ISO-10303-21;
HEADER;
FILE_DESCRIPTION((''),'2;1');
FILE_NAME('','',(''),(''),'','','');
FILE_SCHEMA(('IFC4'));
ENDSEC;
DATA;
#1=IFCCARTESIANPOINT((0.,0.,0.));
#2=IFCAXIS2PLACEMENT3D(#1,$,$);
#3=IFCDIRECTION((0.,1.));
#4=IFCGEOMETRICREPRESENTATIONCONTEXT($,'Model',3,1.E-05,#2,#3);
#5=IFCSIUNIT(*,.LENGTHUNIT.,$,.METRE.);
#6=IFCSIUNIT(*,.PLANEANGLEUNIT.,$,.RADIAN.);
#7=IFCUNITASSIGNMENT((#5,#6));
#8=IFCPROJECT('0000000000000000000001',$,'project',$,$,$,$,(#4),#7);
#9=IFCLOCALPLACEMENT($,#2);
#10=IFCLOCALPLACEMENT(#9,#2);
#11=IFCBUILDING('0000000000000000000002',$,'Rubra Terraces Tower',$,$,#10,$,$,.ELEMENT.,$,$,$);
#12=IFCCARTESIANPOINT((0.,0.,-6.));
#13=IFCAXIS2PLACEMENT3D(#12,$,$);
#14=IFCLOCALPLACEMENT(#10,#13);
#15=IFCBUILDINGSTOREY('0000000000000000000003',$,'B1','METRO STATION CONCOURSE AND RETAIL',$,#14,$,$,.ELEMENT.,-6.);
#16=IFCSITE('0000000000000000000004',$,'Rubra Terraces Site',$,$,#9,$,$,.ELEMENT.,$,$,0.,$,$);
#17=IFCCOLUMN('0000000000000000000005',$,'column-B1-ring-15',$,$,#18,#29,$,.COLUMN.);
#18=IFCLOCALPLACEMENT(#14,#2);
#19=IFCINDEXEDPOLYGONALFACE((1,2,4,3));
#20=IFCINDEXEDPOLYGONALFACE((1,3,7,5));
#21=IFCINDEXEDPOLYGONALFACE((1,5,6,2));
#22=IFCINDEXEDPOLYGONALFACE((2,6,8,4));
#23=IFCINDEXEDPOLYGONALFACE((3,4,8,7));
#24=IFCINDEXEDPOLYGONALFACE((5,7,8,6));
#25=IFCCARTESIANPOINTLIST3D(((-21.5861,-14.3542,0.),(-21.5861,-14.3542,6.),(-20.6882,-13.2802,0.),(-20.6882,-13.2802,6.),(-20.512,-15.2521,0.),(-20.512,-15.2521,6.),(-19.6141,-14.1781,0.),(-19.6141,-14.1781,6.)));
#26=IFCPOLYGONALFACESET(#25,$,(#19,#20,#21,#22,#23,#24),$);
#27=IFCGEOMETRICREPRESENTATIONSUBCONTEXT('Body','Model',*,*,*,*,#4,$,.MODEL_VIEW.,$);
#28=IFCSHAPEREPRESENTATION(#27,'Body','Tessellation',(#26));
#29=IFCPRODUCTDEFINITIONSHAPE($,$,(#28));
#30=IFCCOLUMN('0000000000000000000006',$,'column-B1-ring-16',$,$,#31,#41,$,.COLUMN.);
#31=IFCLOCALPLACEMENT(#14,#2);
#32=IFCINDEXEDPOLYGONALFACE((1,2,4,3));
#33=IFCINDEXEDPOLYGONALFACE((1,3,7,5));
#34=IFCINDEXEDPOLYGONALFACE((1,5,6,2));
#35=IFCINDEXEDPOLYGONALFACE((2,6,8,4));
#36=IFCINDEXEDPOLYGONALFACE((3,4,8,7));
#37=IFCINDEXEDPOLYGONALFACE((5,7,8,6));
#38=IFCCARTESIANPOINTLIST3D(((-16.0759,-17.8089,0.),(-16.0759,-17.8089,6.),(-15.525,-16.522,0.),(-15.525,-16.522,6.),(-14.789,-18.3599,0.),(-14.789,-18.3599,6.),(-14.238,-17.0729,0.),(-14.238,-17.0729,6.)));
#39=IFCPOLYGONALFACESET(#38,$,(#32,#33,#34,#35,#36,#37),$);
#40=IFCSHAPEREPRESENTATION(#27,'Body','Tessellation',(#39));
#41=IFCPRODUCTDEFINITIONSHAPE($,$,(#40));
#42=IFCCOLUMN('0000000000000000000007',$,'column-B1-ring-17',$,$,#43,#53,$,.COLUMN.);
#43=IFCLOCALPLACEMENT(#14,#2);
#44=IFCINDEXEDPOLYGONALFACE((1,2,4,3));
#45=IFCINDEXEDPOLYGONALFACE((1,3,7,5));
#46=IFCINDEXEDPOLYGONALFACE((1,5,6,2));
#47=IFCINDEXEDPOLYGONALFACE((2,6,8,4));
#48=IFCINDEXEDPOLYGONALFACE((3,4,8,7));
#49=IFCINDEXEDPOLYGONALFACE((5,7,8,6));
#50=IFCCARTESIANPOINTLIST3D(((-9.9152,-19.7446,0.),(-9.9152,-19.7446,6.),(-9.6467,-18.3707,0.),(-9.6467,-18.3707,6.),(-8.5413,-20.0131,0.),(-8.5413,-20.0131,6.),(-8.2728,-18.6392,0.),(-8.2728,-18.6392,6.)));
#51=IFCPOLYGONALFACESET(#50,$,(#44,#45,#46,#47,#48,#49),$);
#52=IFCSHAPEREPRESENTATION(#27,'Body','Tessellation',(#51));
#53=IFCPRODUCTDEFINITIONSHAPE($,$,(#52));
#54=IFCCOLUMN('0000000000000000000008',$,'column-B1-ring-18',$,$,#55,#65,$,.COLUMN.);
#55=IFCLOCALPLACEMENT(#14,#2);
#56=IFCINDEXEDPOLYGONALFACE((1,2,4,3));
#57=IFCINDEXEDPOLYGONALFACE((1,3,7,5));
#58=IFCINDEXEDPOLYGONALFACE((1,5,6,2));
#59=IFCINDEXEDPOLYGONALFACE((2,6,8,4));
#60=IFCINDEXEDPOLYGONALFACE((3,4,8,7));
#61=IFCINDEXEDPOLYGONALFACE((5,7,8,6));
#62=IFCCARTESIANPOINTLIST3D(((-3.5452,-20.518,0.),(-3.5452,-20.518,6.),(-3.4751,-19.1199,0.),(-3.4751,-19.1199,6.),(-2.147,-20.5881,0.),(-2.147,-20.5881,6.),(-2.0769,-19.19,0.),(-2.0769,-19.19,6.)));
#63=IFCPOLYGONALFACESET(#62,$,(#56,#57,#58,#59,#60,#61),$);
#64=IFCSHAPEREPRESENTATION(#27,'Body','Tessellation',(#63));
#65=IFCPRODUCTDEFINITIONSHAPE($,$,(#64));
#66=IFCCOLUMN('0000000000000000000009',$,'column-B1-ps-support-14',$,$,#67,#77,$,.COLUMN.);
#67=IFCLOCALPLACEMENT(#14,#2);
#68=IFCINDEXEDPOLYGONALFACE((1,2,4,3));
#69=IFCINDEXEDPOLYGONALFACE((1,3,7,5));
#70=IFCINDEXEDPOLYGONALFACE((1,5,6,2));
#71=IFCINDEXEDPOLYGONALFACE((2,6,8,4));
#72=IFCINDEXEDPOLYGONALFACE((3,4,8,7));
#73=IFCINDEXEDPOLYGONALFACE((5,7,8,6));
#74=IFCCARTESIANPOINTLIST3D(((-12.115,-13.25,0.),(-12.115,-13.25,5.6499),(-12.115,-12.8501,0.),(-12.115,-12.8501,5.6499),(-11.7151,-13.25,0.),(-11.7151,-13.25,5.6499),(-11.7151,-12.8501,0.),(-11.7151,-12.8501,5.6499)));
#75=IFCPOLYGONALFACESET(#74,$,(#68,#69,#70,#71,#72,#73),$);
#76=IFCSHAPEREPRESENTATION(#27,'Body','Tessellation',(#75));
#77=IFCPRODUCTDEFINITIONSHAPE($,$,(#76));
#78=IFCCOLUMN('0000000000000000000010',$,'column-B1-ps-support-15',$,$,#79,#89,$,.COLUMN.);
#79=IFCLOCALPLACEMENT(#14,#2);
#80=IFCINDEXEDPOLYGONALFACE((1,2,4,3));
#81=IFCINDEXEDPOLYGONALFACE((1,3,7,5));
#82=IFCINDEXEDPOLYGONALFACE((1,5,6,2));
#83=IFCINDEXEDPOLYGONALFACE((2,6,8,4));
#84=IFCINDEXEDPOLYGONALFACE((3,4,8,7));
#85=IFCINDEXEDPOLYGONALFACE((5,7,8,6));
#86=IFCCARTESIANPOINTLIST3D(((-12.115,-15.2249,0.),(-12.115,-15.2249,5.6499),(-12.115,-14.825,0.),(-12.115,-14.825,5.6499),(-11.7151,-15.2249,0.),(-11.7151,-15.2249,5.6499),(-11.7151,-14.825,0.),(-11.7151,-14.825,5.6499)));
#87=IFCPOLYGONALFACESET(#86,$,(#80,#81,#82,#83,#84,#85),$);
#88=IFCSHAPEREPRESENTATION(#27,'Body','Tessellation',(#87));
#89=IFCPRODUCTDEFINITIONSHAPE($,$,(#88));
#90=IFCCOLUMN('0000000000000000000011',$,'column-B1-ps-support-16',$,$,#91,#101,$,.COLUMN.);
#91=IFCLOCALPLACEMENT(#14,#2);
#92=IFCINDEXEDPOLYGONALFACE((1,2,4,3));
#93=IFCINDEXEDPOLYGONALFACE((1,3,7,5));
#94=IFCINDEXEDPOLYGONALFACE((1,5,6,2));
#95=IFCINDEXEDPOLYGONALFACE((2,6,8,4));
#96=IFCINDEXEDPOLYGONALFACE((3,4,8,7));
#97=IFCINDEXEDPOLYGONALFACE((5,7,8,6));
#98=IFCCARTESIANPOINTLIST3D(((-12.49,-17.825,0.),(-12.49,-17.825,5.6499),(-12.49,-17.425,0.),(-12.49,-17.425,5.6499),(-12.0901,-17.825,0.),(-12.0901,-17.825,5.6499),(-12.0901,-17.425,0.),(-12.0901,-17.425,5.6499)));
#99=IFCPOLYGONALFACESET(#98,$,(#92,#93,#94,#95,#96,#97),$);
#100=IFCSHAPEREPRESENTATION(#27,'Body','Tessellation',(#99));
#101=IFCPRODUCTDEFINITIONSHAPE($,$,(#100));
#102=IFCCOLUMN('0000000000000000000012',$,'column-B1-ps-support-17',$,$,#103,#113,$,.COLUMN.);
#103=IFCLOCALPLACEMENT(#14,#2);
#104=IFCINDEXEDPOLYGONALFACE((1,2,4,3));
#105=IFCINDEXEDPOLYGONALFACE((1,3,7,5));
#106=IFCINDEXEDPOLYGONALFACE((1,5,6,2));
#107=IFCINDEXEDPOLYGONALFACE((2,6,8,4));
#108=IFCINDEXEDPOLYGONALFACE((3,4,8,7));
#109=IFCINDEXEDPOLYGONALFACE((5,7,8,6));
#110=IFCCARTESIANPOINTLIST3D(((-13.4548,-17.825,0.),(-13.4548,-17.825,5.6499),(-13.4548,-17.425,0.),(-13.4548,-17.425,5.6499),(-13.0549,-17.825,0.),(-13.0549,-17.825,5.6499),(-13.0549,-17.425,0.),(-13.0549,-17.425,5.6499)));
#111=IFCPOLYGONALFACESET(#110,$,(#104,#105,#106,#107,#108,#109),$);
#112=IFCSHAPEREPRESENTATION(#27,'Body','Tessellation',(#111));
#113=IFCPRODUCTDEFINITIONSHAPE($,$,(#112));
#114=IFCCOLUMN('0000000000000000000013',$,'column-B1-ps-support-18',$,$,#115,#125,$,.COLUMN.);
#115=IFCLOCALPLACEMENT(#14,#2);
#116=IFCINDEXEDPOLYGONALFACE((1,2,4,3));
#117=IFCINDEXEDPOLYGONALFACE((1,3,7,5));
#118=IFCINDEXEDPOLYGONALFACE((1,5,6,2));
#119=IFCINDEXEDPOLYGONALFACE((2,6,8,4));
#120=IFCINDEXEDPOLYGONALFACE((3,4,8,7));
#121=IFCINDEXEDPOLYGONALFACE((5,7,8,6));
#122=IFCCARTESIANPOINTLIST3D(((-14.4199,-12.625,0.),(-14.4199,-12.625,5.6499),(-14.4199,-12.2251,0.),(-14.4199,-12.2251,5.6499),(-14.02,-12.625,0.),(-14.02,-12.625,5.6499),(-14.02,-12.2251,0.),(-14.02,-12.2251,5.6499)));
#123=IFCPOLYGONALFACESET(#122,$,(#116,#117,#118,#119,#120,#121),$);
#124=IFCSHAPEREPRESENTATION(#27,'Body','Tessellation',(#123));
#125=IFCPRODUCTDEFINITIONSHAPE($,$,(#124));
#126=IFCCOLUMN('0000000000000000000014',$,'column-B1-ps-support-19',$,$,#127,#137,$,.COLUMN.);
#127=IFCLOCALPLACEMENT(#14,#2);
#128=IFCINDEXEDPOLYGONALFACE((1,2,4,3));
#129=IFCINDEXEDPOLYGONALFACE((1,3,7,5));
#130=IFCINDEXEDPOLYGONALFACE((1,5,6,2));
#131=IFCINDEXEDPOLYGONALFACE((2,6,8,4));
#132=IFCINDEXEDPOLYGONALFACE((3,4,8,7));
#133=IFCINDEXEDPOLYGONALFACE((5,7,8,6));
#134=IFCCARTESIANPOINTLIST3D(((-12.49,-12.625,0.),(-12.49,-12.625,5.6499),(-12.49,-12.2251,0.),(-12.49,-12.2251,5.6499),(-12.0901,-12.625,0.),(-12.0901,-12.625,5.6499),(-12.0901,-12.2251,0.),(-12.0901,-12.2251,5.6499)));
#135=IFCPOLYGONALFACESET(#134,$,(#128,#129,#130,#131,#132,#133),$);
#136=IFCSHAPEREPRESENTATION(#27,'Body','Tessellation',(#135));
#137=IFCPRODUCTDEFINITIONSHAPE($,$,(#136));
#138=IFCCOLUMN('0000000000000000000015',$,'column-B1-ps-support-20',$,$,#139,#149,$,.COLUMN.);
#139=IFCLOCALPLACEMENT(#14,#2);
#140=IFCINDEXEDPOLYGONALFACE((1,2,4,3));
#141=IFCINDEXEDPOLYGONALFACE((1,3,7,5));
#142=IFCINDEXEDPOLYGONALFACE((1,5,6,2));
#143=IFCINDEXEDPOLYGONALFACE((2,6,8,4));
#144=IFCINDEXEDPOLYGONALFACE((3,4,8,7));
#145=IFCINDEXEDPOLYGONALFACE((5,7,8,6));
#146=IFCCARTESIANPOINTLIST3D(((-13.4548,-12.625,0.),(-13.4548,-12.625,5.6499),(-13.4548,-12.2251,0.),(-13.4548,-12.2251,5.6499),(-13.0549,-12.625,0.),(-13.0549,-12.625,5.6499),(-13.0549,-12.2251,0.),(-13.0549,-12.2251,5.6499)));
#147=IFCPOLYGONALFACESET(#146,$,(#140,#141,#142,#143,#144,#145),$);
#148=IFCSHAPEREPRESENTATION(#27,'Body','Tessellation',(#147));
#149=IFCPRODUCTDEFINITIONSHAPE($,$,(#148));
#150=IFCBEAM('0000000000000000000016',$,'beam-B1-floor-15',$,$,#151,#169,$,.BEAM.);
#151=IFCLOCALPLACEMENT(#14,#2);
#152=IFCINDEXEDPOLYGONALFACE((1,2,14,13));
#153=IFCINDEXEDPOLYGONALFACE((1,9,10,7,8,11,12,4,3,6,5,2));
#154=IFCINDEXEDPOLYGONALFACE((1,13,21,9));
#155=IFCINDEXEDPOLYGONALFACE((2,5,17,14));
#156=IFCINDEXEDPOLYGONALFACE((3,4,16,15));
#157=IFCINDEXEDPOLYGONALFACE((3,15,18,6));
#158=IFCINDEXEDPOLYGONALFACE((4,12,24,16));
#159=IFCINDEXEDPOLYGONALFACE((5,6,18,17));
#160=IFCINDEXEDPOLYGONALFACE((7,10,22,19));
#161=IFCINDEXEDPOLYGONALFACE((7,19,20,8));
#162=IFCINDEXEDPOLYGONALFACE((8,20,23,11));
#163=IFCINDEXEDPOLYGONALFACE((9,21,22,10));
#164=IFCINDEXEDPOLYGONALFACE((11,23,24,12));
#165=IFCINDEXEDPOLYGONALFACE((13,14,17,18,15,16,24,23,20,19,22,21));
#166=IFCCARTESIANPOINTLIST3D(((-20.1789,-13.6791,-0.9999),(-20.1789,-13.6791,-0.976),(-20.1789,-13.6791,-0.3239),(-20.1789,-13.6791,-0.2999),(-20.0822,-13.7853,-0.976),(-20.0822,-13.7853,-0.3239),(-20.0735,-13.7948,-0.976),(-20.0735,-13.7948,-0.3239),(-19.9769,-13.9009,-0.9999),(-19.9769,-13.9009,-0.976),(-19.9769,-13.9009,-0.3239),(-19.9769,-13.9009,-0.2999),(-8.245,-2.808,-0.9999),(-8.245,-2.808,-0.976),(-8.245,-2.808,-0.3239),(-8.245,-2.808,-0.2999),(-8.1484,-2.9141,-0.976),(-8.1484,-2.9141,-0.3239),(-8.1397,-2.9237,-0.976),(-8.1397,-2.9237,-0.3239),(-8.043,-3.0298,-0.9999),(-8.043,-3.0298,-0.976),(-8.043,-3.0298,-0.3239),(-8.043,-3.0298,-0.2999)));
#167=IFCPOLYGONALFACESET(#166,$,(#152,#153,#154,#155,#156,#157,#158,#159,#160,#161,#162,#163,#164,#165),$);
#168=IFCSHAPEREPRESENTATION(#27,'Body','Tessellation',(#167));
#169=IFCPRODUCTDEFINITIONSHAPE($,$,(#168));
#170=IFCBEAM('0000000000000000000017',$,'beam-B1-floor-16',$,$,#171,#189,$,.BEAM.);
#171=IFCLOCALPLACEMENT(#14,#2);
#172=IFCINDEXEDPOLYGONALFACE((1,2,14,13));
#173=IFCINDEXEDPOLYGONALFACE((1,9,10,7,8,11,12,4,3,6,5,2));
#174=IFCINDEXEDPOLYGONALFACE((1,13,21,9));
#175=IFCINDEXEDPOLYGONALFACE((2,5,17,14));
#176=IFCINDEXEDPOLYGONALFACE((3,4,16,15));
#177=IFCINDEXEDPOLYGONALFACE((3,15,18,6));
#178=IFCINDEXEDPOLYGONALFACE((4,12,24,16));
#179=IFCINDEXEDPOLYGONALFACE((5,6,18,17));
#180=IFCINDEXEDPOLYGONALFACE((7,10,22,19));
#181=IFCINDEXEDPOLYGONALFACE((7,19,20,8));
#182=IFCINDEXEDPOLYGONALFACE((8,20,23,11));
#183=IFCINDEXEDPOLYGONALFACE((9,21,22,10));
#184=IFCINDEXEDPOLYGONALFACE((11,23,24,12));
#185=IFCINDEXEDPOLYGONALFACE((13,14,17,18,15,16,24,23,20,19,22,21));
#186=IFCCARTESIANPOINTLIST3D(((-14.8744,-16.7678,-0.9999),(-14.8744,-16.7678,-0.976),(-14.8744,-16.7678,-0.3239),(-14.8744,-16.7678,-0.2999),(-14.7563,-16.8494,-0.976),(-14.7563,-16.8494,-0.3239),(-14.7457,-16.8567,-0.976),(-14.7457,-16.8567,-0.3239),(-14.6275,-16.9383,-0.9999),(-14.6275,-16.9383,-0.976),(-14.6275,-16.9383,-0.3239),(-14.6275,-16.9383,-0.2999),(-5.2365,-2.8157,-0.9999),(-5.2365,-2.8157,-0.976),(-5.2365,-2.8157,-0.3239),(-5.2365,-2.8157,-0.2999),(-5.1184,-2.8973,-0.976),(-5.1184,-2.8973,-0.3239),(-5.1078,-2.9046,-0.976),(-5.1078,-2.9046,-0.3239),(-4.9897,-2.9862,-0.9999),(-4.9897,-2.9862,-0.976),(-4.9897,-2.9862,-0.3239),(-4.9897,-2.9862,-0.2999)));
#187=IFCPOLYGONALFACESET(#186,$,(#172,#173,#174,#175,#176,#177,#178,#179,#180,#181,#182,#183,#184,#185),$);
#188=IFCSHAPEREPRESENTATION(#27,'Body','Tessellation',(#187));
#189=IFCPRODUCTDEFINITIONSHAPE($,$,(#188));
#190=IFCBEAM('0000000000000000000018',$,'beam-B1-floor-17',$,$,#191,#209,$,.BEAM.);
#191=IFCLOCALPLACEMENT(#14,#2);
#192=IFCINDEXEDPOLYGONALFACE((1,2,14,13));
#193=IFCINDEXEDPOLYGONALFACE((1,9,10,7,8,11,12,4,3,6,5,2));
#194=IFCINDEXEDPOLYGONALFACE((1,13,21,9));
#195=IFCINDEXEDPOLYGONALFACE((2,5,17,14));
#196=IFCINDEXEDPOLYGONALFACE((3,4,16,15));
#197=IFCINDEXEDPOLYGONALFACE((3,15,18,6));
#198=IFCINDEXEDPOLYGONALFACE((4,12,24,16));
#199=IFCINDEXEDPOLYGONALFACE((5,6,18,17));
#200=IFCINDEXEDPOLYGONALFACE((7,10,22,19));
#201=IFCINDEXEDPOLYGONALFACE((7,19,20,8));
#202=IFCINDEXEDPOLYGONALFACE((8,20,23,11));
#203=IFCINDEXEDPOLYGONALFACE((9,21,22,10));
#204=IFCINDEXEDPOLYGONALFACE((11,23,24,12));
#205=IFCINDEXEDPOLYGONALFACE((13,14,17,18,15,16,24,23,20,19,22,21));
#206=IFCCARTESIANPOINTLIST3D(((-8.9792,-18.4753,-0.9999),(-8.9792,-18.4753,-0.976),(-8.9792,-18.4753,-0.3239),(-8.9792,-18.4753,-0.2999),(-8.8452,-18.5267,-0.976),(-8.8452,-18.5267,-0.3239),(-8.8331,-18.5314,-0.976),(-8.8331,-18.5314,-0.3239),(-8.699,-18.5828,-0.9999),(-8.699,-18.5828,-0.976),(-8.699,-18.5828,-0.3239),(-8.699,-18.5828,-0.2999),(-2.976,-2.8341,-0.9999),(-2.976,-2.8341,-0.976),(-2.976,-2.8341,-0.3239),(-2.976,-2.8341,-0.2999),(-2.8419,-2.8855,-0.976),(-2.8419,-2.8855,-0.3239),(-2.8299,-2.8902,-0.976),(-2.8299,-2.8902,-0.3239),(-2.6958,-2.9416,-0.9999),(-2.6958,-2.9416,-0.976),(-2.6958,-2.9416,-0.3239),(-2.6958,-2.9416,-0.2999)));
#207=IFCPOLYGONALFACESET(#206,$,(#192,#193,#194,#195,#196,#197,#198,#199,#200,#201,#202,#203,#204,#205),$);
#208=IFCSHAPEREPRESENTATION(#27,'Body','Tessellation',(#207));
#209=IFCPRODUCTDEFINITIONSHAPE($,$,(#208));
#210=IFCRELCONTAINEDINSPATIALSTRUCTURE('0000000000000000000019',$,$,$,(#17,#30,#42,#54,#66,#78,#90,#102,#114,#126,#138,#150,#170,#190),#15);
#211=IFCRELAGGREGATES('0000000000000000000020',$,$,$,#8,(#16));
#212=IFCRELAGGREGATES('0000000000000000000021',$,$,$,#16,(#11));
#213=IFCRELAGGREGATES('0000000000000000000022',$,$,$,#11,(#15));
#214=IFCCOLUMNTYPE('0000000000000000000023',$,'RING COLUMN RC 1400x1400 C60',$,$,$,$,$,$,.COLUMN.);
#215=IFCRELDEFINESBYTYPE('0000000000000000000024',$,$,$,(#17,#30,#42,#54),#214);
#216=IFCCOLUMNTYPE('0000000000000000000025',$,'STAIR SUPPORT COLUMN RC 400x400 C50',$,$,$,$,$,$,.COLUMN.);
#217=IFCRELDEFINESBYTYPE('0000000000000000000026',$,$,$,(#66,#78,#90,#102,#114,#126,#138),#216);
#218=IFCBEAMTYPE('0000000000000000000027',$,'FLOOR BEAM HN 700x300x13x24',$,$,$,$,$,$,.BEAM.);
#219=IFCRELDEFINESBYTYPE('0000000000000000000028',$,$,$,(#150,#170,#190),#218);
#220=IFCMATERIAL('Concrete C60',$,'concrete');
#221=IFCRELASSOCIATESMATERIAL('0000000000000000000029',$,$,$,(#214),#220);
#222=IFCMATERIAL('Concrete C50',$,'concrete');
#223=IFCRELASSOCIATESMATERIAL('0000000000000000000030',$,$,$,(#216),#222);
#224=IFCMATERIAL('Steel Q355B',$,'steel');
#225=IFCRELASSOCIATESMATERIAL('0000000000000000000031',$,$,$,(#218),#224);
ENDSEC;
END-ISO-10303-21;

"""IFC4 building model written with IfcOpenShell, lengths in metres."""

from ifc_helpers import new_model, si_unit, direction, frame, origin, origin_2d, place, context, subcontext, project, spatial, rectangle, i_section, extrude, material, material_profile, profile_set, type_object, element, save


model = new_model("IFC4")

# Units and contexts
model_context = context("Model", 3, precision=1e-05, world=origin(), true_north=direction((0.0, 1.0)))
body_context = subcontext(model_context, "Body", "Model", "MODEL_VIEW")
ifc_project = project(units=[si_unit("LENGTHUNIT", "METRE"), si_unit("PLANEANGLEUNIT", "RADIAN")], contexts=[model_context])

# Site, building, storey
site_placement = place(None, origin())
site = spatial("IfcSite", under=ifc_project, at=site_placement, Name="Rubra Terraces Site", CompositionType="ELEMENT", RefElevation=0.0)
building_placement = place(site_placement, origin())
building = spatial("IfcBuilding", under=site, at=building_placement, Name="Rubra Terraces Tower", CompositionType="ELEMENT")
storey_placement = place(building_placement, frame((0.0, 0.0, -6.0)))
storey = spatial("IfcBuildingStorey", under=building, at=storey_placement, Name="B1", Description="METRO STATION CONCOURSE AND RETAIL", CompositionType="ELEMENT", Elevation=-6.0)

# Columns
ifc_material_1 = material(Name="Concrete C60", Category="concrete")
ifc_material_profile_1 = material_profile(ifc_material_1, rectangle(XDim=1.3999, YDim=1.3999, at=origin_2d()), Name="RC 1400x1400")
ifc_profile_set_1 = profile_set([ifc_material_profile_1], Name="Concrete C60")
column_type_1 = type_object("IfcColumnType", Name="RING COLUMN RC 1400x1400 C60", PredefinedType="COLUMN", material=ifc_profile_set_1)
for number, where, z_axis, x_axis, name in (
    (1, (-20.6001, -14.2661, 0.0), (0.0, 0.0, 1.0), (0.76721, -0.641397, 0.0), "column-B1-ring-15"),
    (2, (-15.157, -17.4409, 0.0), (0.0, 0.0, 1.0), (0.919294, -0.393572, 0.0), "column-B1-ring-16"),
    (3, (-9.094, -19.1919, 0.0), (0.0, 0.0, 1.0), (0.98143, -0.191819, 0.0), "column-B1-ring-17"),
    (4, (-2.811, -19.854, 0.0), (0.0, 0.0, 1.0), (0.998745, -0.050084, 0.0), "column-B1-ring-18"),
):
    element("IfcColumn", number, at=place(storey_placement, frame(where, z_axis=z_axis, x_axis=x_axis)), inside=storey, type_object=column_type_1, Name=name, PredefinedType="COLUMN", context=body_context, shape_type="SweptSolid", body=[
        extrude(rectangle(XDim=1.3999, YDim=1.3999, at=origin_2d()), origin(), (0.0, 0.0, 1.0), 6.0),
    ])
ifc_material_2 = material(Name="Concrete C50", Category="concrete")
ifc_material_profile_2 = material_profile(ifc_material_2, rectangle(XDim=0.3999, YDim=0.3999, at=origin_2d()), Name="RC 400x400")
ifc_profile_set_2 = profile_set([ifc_material_profile_2], Name="Concrete C50")
column_type_2 = type_object("IfcColumnType", Name="STAIR SUPPORT COLUMN RC 400x400 C50", PredefinedType="COLUMN", material=ifc_profile_set_2)
for number, where, z_axis, x_axis, name in (
    (5, (-11.915, -13.05, 0.0), (0.0, 0.0, 1.0), (1.0, 0.0, 0.0), "column-B1-ps-support-14"),
    (6, (-11.915, -15.0249, 0.0), (0.0, 0.0, 1.0), (1.0, 0.0, 0.0), "column-B1-ps-support-15"),
    (7, (-12.29, -17.625, 0.0), (0.0, 0.0, 1.0), (1.0, 0.0, 0.0), "column-B1-ps-support-16"),
    (8, (-13.2549, -17.625, 0.0), (0.0, 0.0, 1.0), (1.0, 0.0, 0.0), "column-B1-ps-support-17"),
    (9, (-14.22, -12.425, 0.0), (0.0, 0.0, 1.0), (1.0, 0.0, 0.0), "column-B1-ps-support-18"),
    (10, (-12.29, -12.425, 0.0), (0.0, 0.0, 1.0), (1.0, 0.0, 0.0), "column-B1-ps-support-19"),
    (11, (-13.2549, -12.425, 0.0), (0.0, 0.0, 1.0), (1.0, 0.0, 0.0), "column-B1-ps-support-20"),
):
    element("IfcColumn", number, at=place(storey_placement, frame(where, z_axis=z_axis, x_axis=x_axis)), inside=storey, type_object=column_type_2, Name=name, PredefinedType="COLUMN", context=body_context, shape_type="SweptSolid", body=[
        extrude(rectangle(XDim=0.3999, YDim=0.3999, at=origin_2d()), origin(), (0.0, 0.0, 1.0), 5.6499),
    ])

# Beams
ifc_material_3 = material(Name="Steel Q355B", Category="steel")
ifc_material_profile_3 = material_profile(ifc_material_3, i_section(OverallWidth=0.3, OverallDepth=0.7, WebThickness=0.0129, FlangeThickness=0.0239, at=origin_2d()), Name="HN 700x300x13x24")
ifc_profile_set_3 = profile_set([ifc_material_profile_3], Name="Steel Q355B")
beam_type_1 = type_object("IfcBeamType", Name="FLOOR BEAM HN 700x300x13x24", PredefinedType="BEAM", material=ifc_profile_set_3)
beam_1_placement = place(storey_placement, frame((-20.0779, -13.79, -0.6499), z_axis=(0.739257, 0.673424, 0.0), x_axis=(-0.673424, 0.739257, 0.0)))
element("IfcBeam", 12, at=beam_1_placement, inside=storey, type_object=beam_type_1, Name="beam-B1-floor-15", PredefinedType="BEAM", context=body_context, shape_type="SweptSolid", body=[
    extrude(i_section(OverallWidth=0.3, OverallDepth=0.7, WebThickness=0.0129, FlangeThickness=0.0239, at=origin_2d()), origin(), (0.0, 0.0, 1.0), 16.1431),
])
beam_2_placement = place(storey_placement, frame((-14.751, -16.853, -0.6499), z_axis=(0.568363, 0.822778, 0.0), x_axis=(-0.822778, 0.568363, 0.0)))
element("IfcBeam", 13, at=beam_2_placement, inside=storey, type_object=beam_type_1, Name="beam-B1-floor-16", PredefinedType="BEAM", context=body_context, shape_type="SweptSolid", body=[
    extrude(i_section(OverallWidth=0.3, OverallDepth=0.7, WebThickness=0.0129, FlangeThickness=0.0239, at=origin_2d()), origin(), (0.0, 0.0, 1.0), 16.9573),
])
beam_3_placement = place(storey_placement, frame((-8.8391, -18.5291, -0.6499), z_axis=(0.358322, 0.933598, 0.0), x_axis=(-0.933598, 0.358322, 0.0)))
element("IfcBeam", 14, at=beam_3_placement, inside=storey, type_object=beam_type_1, Name="beam-B1-floor-17", PredefinedType="BEAM", context=body_context, shape_type="SweptSolid", body=[
    extrude(i_section(OverallWidth=0.3, OverallDepth=0.7, WebThickness=0.0129, FlangeThickness=0.0239, at=origin_2d()), origin(), (0.0, 0.0, 1.0), 16.7537),
])

save(model, "model.ifc")
